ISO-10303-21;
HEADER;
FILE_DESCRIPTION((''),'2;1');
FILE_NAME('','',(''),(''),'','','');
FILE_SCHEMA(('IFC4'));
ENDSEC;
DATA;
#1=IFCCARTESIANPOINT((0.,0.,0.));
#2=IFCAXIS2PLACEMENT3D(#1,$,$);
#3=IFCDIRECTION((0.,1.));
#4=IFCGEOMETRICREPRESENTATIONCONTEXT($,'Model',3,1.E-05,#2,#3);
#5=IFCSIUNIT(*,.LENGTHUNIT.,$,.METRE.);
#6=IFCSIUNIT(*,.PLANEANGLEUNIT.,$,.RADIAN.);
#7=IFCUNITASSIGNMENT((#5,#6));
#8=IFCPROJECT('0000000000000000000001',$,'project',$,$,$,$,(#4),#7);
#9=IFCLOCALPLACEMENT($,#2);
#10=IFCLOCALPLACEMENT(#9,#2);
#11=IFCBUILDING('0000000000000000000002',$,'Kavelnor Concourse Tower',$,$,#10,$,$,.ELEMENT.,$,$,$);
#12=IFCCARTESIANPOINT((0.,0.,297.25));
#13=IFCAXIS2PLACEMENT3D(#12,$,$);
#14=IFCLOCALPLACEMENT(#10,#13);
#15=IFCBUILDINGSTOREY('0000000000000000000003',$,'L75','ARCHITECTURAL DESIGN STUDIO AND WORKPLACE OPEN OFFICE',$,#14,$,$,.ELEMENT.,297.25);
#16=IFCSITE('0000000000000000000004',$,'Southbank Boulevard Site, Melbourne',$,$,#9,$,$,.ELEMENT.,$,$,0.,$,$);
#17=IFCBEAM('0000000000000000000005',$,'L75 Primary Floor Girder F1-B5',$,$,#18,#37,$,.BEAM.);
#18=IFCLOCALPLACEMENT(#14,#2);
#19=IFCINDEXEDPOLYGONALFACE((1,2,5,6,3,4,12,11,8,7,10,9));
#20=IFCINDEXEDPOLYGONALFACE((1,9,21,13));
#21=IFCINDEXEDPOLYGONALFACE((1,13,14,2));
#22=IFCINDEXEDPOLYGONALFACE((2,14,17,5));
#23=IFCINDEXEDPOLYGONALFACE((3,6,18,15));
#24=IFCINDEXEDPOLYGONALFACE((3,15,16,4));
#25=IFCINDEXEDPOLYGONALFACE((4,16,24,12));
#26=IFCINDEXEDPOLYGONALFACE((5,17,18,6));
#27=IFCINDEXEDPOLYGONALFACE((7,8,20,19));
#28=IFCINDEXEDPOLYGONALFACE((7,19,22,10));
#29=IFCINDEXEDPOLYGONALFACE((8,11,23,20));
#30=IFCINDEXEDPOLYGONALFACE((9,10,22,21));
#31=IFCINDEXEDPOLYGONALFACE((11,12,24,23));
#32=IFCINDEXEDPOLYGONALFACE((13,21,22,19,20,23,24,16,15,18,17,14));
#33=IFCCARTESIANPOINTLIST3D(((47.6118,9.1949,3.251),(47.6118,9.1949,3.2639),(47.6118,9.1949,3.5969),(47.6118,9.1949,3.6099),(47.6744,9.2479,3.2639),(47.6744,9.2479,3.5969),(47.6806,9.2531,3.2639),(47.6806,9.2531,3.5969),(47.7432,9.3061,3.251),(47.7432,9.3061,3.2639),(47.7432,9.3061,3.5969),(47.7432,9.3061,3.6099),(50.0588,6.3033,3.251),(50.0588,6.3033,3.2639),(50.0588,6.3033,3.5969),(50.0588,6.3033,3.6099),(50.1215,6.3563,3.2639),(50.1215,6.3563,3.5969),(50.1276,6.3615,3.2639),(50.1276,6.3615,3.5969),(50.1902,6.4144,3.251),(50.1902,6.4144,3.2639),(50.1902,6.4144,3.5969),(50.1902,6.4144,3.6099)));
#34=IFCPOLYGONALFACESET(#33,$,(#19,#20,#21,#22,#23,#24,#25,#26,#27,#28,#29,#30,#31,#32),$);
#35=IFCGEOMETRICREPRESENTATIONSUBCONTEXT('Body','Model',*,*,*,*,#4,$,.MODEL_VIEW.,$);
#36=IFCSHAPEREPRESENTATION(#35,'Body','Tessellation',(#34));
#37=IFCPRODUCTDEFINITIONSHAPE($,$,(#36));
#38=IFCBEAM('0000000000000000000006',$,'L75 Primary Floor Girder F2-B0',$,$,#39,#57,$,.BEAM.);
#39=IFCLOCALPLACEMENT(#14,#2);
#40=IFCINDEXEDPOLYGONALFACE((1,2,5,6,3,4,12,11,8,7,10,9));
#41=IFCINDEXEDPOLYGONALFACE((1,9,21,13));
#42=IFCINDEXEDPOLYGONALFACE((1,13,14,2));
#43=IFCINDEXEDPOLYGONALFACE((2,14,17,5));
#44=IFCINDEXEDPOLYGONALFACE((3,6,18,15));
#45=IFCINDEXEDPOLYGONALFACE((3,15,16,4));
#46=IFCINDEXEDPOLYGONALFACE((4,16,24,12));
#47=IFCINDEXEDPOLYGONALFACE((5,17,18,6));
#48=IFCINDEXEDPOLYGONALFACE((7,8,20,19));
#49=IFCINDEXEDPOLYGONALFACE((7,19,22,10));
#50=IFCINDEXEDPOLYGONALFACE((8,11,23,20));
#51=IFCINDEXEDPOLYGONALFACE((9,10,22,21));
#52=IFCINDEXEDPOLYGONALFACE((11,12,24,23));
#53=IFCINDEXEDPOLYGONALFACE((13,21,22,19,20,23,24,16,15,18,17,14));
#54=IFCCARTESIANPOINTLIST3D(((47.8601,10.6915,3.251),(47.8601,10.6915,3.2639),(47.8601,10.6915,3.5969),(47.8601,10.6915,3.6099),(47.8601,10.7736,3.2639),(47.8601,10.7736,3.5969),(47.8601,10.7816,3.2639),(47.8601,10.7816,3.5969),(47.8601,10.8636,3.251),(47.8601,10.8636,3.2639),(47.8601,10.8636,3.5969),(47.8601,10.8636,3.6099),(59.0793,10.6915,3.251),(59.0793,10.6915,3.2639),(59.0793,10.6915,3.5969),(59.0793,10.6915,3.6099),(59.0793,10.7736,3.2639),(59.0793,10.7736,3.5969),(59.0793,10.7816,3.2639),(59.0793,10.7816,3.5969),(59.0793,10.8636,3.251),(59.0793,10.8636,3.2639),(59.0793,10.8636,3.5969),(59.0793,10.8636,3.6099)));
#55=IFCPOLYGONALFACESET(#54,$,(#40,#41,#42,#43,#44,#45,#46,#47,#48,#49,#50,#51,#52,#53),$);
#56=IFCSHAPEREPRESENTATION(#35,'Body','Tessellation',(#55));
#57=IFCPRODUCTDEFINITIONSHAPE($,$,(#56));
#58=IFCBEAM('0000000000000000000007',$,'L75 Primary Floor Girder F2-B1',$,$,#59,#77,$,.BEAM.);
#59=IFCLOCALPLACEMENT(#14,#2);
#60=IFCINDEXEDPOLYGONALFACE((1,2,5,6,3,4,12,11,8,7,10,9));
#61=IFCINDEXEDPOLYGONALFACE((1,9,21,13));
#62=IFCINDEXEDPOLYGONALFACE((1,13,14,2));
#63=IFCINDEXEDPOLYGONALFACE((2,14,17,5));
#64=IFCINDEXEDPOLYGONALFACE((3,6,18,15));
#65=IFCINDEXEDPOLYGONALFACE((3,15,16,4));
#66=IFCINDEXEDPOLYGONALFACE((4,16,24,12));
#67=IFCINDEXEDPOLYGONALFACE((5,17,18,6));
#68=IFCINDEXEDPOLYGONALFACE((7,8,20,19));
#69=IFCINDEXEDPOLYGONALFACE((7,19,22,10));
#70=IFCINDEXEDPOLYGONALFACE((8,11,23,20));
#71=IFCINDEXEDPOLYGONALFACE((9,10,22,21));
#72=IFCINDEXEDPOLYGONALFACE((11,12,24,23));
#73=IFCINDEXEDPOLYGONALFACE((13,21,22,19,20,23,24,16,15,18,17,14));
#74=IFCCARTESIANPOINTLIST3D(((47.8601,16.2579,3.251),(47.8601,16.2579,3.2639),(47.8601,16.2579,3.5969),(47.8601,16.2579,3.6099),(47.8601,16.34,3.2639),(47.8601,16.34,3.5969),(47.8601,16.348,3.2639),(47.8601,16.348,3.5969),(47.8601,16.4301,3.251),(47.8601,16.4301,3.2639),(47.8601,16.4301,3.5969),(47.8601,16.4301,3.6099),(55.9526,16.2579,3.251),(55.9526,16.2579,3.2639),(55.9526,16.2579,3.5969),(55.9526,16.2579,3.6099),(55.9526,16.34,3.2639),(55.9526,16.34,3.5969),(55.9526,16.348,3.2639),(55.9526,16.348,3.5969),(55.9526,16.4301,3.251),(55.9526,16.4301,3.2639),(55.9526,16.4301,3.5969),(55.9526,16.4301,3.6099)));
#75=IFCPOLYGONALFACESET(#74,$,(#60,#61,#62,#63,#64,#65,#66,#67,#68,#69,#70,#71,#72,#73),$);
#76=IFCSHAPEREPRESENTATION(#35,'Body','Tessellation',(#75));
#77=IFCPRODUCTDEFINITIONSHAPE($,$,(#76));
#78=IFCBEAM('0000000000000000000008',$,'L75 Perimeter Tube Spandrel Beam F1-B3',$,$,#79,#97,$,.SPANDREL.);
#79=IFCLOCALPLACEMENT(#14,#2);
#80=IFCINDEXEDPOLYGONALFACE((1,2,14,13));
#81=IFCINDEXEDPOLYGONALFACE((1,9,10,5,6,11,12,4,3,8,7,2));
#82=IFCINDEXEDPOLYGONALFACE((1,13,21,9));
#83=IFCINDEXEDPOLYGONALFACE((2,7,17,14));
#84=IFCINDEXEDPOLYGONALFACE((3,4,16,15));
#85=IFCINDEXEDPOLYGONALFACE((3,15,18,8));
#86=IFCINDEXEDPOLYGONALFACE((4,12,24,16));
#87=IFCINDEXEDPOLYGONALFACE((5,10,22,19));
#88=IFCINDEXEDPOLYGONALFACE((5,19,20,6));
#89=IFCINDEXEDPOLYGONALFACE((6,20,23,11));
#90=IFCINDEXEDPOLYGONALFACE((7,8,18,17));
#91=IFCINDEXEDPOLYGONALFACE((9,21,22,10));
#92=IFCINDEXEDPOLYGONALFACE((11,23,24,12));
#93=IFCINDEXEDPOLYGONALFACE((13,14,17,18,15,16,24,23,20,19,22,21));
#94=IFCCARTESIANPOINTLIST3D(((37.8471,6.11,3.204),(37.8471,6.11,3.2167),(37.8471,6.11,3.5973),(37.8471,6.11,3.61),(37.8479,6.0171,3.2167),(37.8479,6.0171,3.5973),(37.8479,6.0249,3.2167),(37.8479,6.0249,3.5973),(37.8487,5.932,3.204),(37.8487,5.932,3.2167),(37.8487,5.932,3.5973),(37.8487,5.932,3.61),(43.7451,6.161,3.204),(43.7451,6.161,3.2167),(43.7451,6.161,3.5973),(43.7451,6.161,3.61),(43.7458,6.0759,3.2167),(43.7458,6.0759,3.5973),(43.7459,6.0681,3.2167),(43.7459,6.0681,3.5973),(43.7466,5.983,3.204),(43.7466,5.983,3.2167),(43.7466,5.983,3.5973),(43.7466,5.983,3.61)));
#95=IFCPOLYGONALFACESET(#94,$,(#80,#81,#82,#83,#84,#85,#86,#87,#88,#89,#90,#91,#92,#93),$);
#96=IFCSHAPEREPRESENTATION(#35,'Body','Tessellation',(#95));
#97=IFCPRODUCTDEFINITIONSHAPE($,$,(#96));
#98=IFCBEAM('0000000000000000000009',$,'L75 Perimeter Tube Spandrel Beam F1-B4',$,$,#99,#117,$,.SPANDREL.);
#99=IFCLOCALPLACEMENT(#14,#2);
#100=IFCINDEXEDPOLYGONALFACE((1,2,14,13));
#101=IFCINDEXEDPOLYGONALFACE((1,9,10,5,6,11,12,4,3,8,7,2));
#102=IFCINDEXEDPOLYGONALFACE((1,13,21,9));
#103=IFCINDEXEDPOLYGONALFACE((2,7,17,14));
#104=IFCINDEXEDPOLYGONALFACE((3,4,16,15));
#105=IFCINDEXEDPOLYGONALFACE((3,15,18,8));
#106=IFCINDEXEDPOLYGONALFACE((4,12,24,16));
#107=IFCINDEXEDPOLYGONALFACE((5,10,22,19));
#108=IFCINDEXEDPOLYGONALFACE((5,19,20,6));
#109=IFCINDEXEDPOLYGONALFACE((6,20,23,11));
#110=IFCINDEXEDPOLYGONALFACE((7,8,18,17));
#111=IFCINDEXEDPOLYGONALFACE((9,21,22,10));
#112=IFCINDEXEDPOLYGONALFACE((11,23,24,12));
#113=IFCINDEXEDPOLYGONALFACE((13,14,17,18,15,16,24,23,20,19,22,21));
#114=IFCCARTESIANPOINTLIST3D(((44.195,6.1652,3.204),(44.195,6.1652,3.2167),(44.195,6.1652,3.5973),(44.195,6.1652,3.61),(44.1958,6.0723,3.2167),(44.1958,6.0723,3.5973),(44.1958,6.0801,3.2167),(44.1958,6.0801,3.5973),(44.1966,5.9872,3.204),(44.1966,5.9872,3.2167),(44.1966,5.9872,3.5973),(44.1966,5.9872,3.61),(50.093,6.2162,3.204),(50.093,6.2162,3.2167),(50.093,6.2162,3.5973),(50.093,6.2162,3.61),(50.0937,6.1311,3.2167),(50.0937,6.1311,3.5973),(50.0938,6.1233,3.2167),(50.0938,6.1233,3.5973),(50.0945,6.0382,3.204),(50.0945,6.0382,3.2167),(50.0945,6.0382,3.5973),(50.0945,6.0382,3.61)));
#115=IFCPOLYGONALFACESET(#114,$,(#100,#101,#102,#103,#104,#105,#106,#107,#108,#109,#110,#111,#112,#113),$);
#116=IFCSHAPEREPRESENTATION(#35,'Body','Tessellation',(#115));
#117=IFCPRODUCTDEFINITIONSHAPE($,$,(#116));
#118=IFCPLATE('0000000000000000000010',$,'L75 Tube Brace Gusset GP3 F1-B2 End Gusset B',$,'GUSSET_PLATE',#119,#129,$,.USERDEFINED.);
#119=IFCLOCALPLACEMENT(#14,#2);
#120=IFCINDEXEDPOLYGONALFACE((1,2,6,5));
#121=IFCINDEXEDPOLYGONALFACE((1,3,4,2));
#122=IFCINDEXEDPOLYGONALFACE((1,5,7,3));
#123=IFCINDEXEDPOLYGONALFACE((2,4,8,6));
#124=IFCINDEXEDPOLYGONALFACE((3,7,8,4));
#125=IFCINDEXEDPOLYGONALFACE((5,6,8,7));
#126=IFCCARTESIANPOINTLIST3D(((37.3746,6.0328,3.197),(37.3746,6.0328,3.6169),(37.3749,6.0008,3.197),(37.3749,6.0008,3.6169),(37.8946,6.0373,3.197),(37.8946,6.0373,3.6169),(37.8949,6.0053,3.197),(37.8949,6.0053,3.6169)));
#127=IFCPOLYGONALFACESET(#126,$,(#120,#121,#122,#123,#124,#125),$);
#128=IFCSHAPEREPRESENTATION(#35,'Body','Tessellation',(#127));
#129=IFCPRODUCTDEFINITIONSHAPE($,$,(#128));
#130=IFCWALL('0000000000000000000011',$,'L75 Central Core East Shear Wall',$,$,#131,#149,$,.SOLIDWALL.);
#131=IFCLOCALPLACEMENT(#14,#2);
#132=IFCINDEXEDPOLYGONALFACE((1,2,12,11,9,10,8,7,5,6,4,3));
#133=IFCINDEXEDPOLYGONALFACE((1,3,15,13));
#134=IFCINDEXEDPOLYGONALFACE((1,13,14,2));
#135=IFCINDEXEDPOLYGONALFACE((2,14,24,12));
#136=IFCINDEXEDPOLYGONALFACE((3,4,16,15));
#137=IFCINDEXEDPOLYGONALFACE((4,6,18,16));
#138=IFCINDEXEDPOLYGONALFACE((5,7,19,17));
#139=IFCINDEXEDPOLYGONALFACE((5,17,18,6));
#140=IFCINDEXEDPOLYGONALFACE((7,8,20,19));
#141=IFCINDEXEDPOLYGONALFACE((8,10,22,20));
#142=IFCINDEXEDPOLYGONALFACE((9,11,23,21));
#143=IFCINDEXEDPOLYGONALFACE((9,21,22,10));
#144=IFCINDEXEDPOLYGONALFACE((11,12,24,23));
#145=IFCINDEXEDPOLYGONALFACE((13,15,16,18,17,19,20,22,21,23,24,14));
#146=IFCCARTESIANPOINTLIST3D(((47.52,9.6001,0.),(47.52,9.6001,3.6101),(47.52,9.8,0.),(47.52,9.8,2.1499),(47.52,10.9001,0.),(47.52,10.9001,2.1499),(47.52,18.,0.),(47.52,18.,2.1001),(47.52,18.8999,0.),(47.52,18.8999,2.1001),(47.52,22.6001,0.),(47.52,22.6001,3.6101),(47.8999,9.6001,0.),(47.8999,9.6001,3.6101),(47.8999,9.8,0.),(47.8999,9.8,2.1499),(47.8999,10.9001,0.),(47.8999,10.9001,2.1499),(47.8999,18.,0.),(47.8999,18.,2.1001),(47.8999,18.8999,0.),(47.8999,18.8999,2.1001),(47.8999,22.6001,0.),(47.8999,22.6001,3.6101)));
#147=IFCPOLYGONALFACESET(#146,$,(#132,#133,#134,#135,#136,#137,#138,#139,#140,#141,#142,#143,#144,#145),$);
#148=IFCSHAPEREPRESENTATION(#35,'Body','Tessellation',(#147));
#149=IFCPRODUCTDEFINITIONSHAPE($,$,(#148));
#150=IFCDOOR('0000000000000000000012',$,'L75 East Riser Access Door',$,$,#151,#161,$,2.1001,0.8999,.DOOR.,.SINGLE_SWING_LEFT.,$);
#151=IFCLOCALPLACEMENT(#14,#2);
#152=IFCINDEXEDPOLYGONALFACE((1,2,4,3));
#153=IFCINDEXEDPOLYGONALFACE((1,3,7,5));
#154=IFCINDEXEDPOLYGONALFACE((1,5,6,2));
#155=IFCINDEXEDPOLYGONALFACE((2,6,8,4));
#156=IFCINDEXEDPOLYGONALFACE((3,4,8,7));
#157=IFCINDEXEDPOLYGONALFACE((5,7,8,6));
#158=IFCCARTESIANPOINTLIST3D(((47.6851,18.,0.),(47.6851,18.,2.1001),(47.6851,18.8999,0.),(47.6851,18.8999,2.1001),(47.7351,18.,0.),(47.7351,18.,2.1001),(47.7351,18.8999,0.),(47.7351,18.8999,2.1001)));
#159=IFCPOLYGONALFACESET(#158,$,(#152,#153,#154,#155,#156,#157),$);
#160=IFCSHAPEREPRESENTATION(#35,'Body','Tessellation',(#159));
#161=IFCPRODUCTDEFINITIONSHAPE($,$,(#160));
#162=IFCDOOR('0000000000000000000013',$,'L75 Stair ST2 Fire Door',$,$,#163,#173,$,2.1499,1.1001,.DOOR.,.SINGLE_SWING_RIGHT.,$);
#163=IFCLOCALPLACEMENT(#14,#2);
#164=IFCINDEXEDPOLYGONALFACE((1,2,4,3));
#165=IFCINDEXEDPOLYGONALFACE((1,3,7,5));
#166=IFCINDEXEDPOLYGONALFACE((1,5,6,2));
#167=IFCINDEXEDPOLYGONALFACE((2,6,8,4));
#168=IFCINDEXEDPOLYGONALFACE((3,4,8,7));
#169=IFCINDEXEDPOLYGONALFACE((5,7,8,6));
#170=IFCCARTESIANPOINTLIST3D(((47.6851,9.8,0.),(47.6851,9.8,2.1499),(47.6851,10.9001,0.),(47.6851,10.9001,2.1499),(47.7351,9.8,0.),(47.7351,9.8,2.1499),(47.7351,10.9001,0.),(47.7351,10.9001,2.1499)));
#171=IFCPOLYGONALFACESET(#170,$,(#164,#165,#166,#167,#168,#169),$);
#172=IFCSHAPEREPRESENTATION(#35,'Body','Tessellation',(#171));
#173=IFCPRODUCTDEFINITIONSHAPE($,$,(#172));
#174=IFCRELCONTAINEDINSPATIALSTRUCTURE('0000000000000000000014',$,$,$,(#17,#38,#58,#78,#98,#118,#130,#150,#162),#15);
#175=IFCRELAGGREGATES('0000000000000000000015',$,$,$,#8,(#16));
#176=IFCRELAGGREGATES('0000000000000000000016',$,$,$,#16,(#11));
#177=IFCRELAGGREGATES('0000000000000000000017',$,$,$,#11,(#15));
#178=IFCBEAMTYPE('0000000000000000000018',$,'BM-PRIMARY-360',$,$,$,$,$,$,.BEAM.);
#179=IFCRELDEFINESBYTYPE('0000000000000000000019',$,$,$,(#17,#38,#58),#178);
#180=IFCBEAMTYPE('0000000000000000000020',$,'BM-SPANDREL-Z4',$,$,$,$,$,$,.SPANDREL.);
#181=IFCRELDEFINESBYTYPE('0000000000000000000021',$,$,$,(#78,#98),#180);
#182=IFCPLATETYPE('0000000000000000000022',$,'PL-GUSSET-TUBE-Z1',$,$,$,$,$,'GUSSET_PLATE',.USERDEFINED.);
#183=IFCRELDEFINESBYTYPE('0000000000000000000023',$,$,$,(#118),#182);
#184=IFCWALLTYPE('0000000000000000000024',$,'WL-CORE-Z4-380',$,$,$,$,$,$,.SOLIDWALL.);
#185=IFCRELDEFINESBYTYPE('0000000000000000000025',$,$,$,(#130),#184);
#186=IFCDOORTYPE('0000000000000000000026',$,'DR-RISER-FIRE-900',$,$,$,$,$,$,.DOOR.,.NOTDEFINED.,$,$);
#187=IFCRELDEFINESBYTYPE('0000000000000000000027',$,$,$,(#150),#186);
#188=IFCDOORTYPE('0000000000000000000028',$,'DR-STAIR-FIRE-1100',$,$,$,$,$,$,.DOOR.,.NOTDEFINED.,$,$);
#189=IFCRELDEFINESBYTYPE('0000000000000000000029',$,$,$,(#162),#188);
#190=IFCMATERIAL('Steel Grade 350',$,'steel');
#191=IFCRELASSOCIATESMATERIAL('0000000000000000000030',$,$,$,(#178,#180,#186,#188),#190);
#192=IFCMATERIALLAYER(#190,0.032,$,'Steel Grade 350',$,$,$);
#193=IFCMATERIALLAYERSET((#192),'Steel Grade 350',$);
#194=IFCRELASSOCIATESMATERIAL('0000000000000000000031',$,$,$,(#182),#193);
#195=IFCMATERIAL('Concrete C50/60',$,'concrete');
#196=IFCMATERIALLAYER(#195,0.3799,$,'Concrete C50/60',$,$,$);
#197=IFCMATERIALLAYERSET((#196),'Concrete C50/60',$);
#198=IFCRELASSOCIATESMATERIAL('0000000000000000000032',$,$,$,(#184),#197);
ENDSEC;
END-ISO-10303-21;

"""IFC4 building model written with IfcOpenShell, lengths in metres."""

from ifc_helpers import new_model, si_unit, direction, frame, frame_2d, origin, origin_2d, place, context, subcontext, project, spatial, rectangle, i_section, extrude, material, layer, layer_set, material_profile, profile_set, type_object, element, fill, save


model = new_model("IFC4")

# Units and contexts
model_context = context("Model", 3, precision=1e-05, world=origin(), true_north=direction((0.0, 1.0)))
body_context = subcontext(model_context, "Body", "Model", "MODEL_VIEW")
ifc_project = project(units=[si_unit("LENGTHUNIT", "METRE"), si_unit("PLANEANGLEUNIT", "RADIAN")], contexts=[model_context])

# Site, building, storey
site_placement = place(None, origin())
site = spatial("IfcSite", under=ifc_project, at=site_placement, Name="Southbank Boulevard Site, Melbourne", CompositionType="ELEMENT", RefElevation=0.0)
building_placement = place(site_placement, origin())
building = spatial("IfcBuilding", under=site, at=building_placement, Name="Kavelnor Concourse Tower", CompositionType="ELEMENT")
storey_placement = place(building_placement, frame((0.0, 0.0, 297.25)))
storey = spatial("IfcBuildingStorey", under=building, at=storey_placement, Name="L75", Description="ARCHITECTURAL DESIGN STUDIO AND WORKPLACE OPEN OFFICE", CompositionType="ELEMENT", Elevation=297.25)

# Shared definitions
ifc_material_1 = material(Name="Steel Grade 350", Category="steel")

# Beams
ifc_material_profile_1 = material_profile(ifc_material_1, i_section(OverallWidth=0.1721, OverallDepth=0.3589, WebThickness=0.0081, FlangeThickness=0.0129, at=origin_2d()), Name="360UB56")
ifc_profile_set_1 = profile_set([ifc_material_profile_1], Name="Steel Grade 350")
beam_type_1 = type_object("IfcBeamType", Name="BM-PRIMARY-360", PredefinedType="BEAM", material=ifc_profile_set_1)
beam_1_placement = place(storey_placement, frame((47.6775, 9.2505, 3.4304), z_axis=(0.645986, -0.76335, 0.0), x_axis=(0.76335, 0.645986, 0.0)))
element("IfcBeam", 1, at=beam_1_placement, inside=storey, type_object=beam_type_1, Name="L75 Primary Floor Girder F1-B5", PredefinedType="BEAM", context=body_context, shape_type="SweptSolid", body=[
    extrude(i_section(OverallWidth=0.1721, OverallDepth=0.3589, WebThickness=0.0081, FlangeThickness=0.0129, at=origin_2d()), origin(), (0.0, 0.0, 1.0), 3.7881),
])
beam_2_placement = place(storey_placement, frame((47.8601, 10.7776, 3.4304), z_axis=(1.0, 0.0, 0.0), x_axis=(0.0, 1.0, 0.0)))
element("IfcBeam", 2, at=beam_2_placement, inside=storey, type_object=beam_type_1, Name="L75 Primary Floor Girder F2-B0", PredefinedType="BEAM", context=body_context, shape_type="SweptSolid", body=[
    extrude(i_section(OverallWidth=0.1721, OverallDepth=0.3589, WebThickness=0.0081, FlangeThickness=0.0129, at=origin_2d()), origin(), (0.0, 0.0, 1.0), 11.2192),
])
beam_3_placement = place(storey_placement, frame((47.8601, 16.344, 3.4304), z_axis=(1.0, 0.0, 0.0), x_axis=(0.0, 1.0, 0.0)))
element("IfcBeam", 3, at=beam_3_placement, inside=storey, type_object=beam_type_1, Name="L75 Primary Floor Girder F2-B1", PredefinedType="BEAM", context=body_context, shape_type="SweptSolid", body=[
    extrude(i_section(OverallWidth=0.1721, OverallDepth=0.3589, WebThickness=0.0081, FlangeThickness=0.0129, at=origin_2d()), origin(), (0.0, 0.0, 1.0), 8.0925),
])
ifc_material_profile_2 = material_profile(ifc_material_1, i_section(OverallWidth=0.178, OverallDepth=0.406, WebThickness=0.0078, FlangeThickness=0.0127, at=origin_2d()), Name="410UB59")
ifc_profile_set_2 = profile_set([ifc_material_profile_2], Name="Steel Grade 350")
beam_type_2 = type_object("IfcBeamType", Name="BM-SPANDREL-Z4", PredefinedType="SPANDREL", material=ifc_profile_set_2)
for number, where, z_axis, x_axis, name in (
    (4, (37.8479, 6.021, 3.407), (0.999963, 0.008651, 0.0), (-0.008651, 0.999963, 0.0), "L75 Perimeter Tube Spandrel Beam F1-B3"),
    (5, (44.1958, 6.0762, 3.407), (0.999963, 0.008651, 0.0), (-0.008651, 0.999963, 0.0), "L75 Perimeter Tube Spandrel Beam F1-B4"),
):
    element("IfcBeam", number, at=place(storey_placement, frame(where, z_axis=z_axis, x_axis=x_axis)), inside=storey, type_object=beam_type_2, Name=name, PredefinedType="SPANDREL", context=body_context, shape_type="SweptSolid", body=[
        extrude(i_section(OverallWidth=0.178, OverallDepth=0.406, WebThickness=0.0078, FlangeThickness=0.0127, at=origin_2d()), origin(), (0.0, 0.0, 1.0), 5.8982),
    ])

# Plate
ifc_layer_1 = layer(ifc_material_1, 0.032, Name="Steel Grade 350")
ifc_layer_set_1 = layer_set([ifc_layer_1], Name="Steel Grade 350")
plate_type = type_object("IfcPlateType", Name="PL-GUSSET-TUBE-Z1", ElementType="GUSSET_PLATE", PredefinedType="USERDEFINED", material=ifc_layer_set_1)
plate_placement = place(storey_placement, frame((37.6348, 6.019, 3.197), z_axis=(0.0, 0.0, 1.0), x_axis=(0.999962, 0.008727, 0.0)))
element("IfcPlate", 6, at=plate_placement, inside=storey, type_object=plate_type, Name="L75 Tube Brace Gusset GP3 F1-B2 End Gusset B", ObjectType="GUSSET_PLATE", PredefinedType="USERDEFINED", context=body_context, shape_type="SweptSolid", body=[
    extrude(rectangle(XDim=0.52, YDim=0.032, at=origin_2d()), origin(), (0.0, 0.0, 1.0), 0.4199),
])

# Wall, openings, doors
ifc_material_2 = material(Name="Concrete C50/60", Category="concrete")
ifc_layer_2 = layer(ifc_material_2, 0.3799, Name="Concrete C50/60")
ifc_layer_set_2 = layer_set([ifc_layer_2], Name="Concrete C50/60")
wall_type_1 = type_object("IfcWallType", Name="WL-CORE-Z4-380", PredefinedType="SOLIDWALL", material=ifc_layer_set_2)
wall_1_placement = place(storey_placement, frame((47.71, 9.6001, 0.0), z_axis=(0.0, 0.0, 1.0), x_axis=(0.0, 1.0, 0.0)))
wall_1 = element("IfcWall", 7, at=wall_1_placement, inside=storey, type_object=wall_type_1, Name="L75 Central Core East Shear Wall", PredefinedType="SOLIDWALL", context=body_context, shape_type="SweptSolid", body=[
    extrude(rectangle(XDim=13.0, YDim=0.3799, at=frame_2d((6.5, 0.0))), origin(), (0.0, 0.0, 1.0), 3.6101),
])
opening_1_placement = place(wall_1_placement, frame((0.2, 0.0, 0.0)))
opening_1 = element("IfcOpeningElement", 8, at=opening_1_placement, cuts=wall_1, PredefinedType="OPENING", context=body_context, shape_type="SweptSolid", body=[
    extrude(rectangle(XDim=1.1001, YDim=2.1499, at=frame_2d((0.55, 1.075))), frame((0.0, 0.2, 0.0), z_axis=(0.0, -1.0, 0.0), x_axis=(1.0, 0.0, 0.0)), (0.0, 0.0, 1.0), 0.3999),
])
opening_2_placement = place(wall_1_placement, frame((8.3999, 0.0, 0.0)))
opening_2 = element("IfcOpeningElement", 9, at=opening_2_placement, cuts=wall_1, PredefinedType="OPENING", context=body_context, shape_type="SweptSolid", body=[
    extrude(rectangle(XDim=0.8999, YDim=2.1001, at=frame_2d((0.45, 1.05))), frame((0.0, 0.2, 0.0), z_axis=(0.0, -1.0, 0.0), x_axis=(1.0, 0.0, 0.0)), (0.0, 0.0, 1.0), 0.3999),
])
door_type_1 = type_object("IfcDoorType", Name="DR-RISER-FIRE-900", OperationType="NOTDEFINED", PredefinedType="DOOR", material=ifc_material_1)
door_1_placement = place(opening_2_placement, origin())
door_1 = element("IfcDoor", 10, at=door_1_placement, inside=storey, type_object=door_type_1, Name="L75 East Riser Access Door", OperationType="SINGLE_SWING_LEFT", OverallHeight=2.1001, OverallWidth=0.8999, PredefinedType="DOOR", context=body_context, shape_type="SweptSolid", body=[
    extrude(rectangle(XDim=0.8999, YDim=2.1001, at=frame_2d((0.45, 1.05))), frame((0.0, 0.0249, 0.0), z_axis=(0.0, -1.0, 0.0), x_axis=(1.0, 0.0, 0.0)), (0.0, 0.0, 1.0), 0.05),
])
fill(opening_2, door_1)
door_type_2 = type_object("IfcDoorType", Name="DR-STAIR-FIRE-1100", OperationType="NOTDEFINED", PredefinedType="DOOR", material=ifc_material_1)
door_2_placement = place(opening_1_placement, origin())
door_2 = element("IfcDoor", 11, at=door_2_placement, inside=storey, type_object=door_type_2, Name="L75 Stair ST2 Fire Door", OperationType="SINGLE_SWING_RIGHT", OverallHeight=2.1499, OverallWidth=1.1001, PredefinedType="DOOR", context=body_context, shape_type="SweptSolid", body=[
    extrude(rectangle(XDim=1.1001, YDim=2.1499, at=frame_2d((0.55, 1.075))), frame((0.0, 0.0249, 0.0), z_axis=(0.0, -1.0, 0.0), x_axis=(1.0, 0.0, 0.0)), (0.0, 0.0, 1.0), 0.05),
])
fill(opening_1, door_2)

save(model, "model.ifc")
